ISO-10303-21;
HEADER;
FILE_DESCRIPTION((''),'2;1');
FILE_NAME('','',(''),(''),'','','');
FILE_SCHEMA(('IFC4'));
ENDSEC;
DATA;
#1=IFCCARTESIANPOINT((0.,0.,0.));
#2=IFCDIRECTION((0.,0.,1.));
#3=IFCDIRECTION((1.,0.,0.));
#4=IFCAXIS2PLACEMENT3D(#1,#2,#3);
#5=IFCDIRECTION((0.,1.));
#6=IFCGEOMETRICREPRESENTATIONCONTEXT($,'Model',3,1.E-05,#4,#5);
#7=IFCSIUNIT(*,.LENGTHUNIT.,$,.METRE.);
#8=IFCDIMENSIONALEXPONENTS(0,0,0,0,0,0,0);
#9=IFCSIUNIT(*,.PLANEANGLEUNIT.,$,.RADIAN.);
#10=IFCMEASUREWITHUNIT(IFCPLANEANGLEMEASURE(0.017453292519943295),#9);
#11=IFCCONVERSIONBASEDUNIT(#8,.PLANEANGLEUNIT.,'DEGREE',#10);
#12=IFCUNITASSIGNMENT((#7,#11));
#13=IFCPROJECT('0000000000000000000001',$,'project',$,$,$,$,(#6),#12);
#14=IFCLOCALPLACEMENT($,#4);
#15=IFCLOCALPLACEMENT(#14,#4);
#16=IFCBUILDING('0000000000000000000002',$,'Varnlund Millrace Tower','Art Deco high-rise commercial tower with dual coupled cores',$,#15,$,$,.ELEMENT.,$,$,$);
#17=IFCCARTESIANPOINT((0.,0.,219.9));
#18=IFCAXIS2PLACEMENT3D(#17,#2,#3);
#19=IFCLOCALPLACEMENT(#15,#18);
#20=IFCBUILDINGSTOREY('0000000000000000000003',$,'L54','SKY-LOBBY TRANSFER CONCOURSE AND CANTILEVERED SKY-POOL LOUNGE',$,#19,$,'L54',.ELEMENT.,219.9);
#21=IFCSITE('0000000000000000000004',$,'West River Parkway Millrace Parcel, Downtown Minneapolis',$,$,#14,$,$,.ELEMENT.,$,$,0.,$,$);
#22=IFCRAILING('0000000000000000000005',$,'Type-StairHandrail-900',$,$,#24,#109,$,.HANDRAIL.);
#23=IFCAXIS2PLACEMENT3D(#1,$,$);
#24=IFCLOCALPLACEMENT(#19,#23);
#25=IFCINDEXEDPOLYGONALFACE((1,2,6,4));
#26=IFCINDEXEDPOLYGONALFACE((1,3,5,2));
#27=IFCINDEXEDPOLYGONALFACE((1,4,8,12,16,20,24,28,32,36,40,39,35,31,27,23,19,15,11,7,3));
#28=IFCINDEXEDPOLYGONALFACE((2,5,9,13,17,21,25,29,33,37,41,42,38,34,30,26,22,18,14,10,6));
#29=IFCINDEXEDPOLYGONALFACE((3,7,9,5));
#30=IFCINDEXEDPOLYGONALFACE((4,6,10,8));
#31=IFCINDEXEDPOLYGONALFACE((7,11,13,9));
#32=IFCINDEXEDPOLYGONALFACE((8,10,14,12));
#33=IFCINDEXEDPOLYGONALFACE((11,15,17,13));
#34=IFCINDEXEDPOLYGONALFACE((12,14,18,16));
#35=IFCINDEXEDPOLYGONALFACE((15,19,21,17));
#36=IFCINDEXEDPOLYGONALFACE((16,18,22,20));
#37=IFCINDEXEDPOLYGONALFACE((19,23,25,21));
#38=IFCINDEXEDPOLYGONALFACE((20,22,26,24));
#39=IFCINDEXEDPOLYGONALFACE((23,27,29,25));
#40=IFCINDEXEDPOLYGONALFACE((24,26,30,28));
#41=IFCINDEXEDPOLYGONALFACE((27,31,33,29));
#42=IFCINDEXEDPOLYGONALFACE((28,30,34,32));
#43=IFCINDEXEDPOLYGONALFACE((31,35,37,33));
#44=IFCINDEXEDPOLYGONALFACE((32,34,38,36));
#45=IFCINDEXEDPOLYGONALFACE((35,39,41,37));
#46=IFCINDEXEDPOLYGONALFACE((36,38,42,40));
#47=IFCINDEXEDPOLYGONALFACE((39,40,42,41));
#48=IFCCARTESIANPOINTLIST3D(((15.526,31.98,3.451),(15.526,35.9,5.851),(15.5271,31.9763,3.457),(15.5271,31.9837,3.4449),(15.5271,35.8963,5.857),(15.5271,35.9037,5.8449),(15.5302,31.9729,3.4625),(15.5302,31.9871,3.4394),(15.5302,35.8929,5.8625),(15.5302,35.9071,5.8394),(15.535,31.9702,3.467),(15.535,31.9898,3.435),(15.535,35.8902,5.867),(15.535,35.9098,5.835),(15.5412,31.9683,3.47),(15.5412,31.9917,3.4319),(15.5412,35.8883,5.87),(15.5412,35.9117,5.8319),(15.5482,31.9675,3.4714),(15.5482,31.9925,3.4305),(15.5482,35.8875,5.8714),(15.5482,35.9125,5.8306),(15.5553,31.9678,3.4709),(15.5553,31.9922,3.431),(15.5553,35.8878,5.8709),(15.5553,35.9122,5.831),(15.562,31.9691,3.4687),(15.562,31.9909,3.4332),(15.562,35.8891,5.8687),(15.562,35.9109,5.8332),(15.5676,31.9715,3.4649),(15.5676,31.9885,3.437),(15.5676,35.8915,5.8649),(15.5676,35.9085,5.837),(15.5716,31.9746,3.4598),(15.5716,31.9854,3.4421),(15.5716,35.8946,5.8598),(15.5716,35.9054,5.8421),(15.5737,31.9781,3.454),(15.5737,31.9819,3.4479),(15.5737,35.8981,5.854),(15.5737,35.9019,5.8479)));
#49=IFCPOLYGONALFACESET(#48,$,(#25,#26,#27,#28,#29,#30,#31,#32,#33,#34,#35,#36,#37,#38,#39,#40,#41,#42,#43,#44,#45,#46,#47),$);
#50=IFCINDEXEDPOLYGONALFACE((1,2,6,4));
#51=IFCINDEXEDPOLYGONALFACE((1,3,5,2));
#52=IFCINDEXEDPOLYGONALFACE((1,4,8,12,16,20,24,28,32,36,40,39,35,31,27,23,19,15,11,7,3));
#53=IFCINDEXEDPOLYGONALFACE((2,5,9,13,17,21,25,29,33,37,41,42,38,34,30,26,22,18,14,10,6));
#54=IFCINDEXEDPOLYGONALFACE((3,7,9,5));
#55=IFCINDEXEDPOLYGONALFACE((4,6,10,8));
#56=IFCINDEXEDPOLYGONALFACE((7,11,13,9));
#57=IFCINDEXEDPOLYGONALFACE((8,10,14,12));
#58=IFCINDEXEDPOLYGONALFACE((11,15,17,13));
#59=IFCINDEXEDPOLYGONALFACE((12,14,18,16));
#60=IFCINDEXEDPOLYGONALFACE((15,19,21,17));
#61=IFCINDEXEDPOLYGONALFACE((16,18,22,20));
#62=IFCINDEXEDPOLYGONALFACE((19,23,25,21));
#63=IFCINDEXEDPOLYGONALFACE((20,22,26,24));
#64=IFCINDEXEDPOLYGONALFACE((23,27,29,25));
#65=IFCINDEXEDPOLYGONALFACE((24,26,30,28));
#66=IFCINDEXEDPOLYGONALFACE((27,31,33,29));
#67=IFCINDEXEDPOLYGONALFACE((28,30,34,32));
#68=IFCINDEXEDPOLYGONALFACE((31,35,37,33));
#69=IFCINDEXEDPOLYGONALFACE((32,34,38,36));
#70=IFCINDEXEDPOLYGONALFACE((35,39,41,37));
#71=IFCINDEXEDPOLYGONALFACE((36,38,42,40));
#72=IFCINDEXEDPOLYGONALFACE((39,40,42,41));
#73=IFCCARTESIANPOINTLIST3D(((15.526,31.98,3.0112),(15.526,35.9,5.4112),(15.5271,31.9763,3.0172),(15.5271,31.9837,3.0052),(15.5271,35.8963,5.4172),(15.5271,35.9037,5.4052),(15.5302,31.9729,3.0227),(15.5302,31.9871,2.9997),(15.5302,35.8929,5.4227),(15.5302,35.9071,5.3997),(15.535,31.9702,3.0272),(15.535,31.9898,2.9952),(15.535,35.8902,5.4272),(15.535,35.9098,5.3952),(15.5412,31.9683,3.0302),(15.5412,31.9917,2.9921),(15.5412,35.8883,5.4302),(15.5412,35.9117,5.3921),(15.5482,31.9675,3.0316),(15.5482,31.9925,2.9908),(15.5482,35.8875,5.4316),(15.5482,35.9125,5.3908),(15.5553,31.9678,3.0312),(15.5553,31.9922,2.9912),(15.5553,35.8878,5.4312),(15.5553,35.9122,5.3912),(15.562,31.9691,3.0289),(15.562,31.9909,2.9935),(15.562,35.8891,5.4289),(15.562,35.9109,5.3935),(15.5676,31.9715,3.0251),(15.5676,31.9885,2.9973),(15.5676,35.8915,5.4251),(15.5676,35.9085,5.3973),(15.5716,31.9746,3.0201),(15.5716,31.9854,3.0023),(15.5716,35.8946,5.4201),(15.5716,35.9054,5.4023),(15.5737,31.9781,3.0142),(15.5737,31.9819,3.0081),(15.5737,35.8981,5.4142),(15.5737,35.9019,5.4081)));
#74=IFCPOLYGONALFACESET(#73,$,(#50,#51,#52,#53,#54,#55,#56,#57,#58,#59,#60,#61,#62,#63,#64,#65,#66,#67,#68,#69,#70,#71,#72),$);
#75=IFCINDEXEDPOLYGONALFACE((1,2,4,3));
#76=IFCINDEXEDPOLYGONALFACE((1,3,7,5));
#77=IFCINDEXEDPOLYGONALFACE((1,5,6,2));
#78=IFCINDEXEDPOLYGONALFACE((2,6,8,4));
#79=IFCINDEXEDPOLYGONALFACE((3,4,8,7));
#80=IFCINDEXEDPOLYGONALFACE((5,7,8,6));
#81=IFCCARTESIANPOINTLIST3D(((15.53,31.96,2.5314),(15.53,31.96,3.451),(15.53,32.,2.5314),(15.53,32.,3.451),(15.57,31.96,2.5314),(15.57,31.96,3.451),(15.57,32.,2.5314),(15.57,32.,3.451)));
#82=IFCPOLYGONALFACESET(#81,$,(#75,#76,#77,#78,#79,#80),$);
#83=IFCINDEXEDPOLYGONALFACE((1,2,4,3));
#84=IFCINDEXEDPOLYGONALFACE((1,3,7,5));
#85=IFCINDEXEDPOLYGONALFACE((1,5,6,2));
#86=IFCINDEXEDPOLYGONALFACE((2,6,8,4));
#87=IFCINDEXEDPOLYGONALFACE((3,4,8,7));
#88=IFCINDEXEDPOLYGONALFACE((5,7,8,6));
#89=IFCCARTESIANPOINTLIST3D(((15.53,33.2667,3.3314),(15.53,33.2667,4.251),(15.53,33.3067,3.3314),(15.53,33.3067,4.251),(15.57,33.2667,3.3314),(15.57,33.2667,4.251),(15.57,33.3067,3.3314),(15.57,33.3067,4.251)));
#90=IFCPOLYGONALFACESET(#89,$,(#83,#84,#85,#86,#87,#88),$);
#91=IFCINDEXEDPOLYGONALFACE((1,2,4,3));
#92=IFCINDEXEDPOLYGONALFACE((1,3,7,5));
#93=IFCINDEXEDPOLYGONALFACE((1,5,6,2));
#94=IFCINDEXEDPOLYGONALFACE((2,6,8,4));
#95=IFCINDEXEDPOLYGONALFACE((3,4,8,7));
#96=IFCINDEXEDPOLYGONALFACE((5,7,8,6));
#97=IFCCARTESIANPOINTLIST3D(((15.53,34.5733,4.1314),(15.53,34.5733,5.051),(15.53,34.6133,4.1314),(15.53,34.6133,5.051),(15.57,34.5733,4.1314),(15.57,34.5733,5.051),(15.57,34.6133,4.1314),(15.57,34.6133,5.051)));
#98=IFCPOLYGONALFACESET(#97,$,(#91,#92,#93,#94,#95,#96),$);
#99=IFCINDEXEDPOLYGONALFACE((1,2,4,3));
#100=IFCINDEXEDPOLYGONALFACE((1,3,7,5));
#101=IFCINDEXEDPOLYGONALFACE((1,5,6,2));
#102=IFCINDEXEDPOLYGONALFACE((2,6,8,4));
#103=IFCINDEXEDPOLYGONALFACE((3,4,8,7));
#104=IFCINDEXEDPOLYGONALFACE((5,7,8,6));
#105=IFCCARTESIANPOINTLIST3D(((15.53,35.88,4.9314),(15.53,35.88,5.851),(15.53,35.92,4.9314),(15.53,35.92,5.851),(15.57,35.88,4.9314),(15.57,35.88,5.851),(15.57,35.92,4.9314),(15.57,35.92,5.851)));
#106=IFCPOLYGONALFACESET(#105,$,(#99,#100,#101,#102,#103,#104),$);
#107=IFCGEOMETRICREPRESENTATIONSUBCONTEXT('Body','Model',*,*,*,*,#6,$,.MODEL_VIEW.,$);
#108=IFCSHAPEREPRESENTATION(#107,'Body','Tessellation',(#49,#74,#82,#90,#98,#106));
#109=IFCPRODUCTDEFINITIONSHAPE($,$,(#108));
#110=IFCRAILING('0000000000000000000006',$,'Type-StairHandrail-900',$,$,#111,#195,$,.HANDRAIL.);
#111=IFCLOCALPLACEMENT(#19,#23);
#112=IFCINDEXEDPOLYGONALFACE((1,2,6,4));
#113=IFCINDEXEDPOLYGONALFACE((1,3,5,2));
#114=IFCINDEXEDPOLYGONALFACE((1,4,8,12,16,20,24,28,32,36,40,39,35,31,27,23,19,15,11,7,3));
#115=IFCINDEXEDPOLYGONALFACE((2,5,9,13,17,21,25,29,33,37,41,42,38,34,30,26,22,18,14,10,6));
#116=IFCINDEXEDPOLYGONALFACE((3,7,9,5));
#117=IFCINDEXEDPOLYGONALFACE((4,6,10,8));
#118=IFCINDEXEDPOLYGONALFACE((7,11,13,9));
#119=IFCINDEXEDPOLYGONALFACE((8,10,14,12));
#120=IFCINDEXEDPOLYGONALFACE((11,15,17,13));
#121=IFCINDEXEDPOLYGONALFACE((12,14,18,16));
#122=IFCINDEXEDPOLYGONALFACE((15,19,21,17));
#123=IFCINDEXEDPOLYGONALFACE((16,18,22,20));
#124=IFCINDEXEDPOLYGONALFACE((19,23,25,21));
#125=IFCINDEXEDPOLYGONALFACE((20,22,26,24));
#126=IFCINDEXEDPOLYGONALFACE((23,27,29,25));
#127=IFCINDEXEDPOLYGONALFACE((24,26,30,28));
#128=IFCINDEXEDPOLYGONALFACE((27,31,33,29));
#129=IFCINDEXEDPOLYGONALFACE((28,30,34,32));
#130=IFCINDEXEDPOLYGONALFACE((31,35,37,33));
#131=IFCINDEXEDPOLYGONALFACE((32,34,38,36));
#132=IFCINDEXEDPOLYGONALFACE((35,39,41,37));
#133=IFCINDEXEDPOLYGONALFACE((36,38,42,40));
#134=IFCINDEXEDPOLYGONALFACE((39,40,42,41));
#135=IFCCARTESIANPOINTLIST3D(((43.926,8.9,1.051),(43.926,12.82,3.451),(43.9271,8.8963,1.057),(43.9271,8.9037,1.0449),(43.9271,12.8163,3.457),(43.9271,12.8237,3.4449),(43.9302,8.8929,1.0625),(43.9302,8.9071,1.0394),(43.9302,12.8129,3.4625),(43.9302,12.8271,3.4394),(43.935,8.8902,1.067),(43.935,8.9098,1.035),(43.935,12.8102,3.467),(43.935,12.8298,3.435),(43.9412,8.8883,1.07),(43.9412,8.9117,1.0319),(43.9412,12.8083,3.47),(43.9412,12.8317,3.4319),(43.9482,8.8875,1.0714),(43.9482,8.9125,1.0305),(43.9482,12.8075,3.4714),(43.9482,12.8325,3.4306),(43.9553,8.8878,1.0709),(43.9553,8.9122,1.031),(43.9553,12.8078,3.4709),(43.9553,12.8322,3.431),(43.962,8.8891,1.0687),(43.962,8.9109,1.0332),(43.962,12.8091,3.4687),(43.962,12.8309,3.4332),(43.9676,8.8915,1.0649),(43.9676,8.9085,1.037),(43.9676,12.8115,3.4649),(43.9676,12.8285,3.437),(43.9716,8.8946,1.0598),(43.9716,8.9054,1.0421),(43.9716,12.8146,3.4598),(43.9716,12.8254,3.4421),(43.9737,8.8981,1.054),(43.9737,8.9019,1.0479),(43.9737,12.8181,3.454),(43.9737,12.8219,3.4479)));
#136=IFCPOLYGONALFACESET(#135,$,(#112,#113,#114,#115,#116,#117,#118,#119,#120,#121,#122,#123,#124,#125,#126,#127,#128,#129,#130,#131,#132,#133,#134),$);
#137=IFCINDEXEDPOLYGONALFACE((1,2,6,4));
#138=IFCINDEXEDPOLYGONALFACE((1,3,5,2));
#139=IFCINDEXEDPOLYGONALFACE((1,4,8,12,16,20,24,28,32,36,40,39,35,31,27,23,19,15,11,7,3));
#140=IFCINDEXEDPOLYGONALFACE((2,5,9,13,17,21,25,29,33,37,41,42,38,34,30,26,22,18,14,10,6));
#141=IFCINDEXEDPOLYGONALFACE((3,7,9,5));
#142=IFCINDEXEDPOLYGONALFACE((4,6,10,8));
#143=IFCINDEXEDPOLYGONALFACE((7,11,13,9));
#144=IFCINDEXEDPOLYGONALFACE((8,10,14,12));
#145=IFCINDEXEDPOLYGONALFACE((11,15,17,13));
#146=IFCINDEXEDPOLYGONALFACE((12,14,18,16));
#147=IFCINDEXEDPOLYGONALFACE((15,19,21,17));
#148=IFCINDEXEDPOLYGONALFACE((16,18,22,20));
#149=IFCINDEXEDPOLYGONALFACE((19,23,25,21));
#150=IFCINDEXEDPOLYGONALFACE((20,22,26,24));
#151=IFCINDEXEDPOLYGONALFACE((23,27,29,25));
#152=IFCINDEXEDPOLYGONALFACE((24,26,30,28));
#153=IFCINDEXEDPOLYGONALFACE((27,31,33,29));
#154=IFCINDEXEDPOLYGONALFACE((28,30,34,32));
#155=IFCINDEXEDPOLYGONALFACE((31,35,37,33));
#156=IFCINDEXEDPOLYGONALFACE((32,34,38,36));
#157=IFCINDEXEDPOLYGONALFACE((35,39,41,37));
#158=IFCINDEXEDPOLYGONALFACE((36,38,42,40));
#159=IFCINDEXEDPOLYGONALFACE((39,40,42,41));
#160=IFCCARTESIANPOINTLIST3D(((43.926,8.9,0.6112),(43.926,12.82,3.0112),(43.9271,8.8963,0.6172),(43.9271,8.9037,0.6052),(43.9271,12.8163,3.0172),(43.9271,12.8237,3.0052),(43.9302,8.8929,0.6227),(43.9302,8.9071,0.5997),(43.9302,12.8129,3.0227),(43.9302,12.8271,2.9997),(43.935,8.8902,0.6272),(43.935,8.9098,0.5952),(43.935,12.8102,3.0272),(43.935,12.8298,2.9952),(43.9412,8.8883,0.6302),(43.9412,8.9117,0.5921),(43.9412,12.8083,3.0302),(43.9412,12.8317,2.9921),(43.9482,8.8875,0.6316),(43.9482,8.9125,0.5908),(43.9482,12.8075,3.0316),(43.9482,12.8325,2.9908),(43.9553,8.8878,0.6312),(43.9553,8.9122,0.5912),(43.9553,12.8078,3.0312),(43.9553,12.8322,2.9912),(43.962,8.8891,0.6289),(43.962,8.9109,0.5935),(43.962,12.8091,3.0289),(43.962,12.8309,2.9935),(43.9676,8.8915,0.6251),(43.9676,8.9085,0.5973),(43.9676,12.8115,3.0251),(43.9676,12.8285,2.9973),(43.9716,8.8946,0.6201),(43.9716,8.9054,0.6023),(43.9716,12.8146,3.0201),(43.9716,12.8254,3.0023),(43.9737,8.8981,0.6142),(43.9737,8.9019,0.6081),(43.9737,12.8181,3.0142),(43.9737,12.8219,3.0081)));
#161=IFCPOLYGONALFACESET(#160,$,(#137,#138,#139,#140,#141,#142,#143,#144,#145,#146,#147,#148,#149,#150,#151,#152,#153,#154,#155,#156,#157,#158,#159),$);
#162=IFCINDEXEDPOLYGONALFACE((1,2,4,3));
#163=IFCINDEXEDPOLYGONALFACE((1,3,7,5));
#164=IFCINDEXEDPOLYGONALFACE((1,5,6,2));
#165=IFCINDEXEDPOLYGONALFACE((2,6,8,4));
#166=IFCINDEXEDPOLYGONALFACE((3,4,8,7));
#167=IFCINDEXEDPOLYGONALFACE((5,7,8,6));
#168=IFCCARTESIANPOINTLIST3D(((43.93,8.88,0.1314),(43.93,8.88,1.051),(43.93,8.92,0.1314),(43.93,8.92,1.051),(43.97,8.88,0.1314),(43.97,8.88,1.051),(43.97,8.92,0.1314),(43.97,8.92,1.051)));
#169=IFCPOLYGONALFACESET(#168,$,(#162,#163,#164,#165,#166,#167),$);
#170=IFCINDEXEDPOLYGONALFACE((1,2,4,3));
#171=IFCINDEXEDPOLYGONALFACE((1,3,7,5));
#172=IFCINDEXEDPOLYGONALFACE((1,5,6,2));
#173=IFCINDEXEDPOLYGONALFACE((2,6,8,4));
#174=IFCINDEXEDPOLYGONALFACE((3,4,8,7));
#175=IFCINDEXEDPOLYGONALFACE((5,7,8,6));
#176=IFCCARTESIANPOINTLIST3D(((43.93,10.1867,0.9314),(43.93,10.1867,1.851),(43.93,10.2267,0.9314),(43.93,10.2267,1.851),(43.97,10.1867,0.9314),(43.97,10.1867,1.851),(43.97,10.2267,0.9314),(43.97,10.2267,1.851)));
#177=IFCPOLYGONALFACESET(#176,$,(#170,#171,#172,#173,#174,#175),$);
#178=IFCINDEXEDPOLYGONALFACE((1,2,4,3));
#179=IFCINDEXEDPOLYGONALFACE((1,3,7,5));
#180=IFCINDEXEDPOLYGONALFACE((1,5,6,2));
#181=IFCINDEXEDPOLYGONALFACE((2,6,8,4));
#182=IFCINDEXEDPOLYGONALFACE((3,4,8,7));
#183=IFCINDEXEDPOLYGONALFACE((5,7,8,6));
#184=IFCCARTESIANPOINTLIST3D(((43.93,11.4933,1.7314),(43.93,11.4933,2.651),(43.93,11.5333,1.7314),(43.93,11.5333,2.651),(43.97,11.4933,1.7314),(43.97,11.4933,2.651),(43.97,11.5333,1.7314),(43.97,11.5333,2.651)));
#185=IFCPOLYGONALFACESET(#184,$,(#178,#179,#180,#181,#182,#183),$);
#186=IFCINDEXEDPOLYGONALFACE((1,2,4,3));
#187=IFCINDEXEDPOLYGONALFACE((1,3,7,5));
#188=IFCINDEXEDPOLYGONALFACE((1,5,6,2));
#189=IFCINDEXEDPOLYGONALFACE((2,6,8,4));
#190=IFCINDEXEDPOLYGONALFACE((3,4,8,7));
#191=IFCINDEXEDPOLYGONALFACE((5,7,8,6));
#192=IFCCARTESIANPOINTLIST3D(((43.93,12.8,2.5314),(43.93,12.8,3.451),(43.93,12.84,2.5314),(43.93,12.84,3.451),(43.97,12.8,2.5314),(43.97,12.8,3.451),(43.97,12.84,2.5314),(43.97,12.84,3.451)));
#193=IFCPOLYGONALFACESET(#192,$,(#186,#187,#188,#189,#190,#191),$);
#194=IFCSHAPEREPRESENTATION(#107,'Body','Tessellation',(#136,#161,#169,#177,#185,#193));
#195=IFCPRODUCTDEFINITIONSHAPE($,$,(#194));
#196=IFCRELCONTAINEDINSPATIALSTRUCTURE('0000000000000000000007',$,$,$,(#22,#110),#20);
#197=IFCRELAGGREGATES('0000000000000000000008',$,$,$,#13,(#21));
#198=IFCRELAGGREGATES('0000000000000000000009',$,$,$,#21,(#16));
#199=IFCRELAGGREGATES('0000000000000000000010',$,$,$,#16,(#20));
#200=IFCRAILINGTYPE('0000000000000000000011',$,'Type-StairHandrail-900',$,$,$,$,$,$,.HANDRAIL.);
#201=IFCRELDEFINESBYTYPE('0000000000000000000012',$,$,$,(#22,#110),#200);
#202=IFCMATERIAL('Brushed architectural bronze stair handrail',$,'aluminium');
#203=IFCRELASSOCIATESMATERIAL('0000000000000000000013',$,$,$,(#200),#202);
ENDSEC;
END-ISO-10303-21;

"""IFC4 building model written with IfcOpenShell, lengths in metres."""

from ifc_helpers import new_model, entity, si_unit, converted_unit, direction, frame, origin_with_axes, origin_2d_with_axis, place, context, subcontext, project, spatial, rectangle, circle, extrude, material, type_object, element, save


model = new_model("IFC4")

# Units and contexts
model_context = context("Model", 3, precision=1e-05, world=origin_with_axes(), true_north=direction((0.0, 1.0)))
body_context = subcontext(model_context, "Body", "Model", "MODEL_VIEW")
ifc_project = project(units=[si_unit("LENGTHUNIT", "METRE"), converted_unit("PLANEANGLEUNIT", "DEGREE", entity("IfcPlaneAngleMeasure", 0.017453292519943295), si_unit("PLANEANGLEUNIT", "RADIAN"), dimensions=[0, 0, 0, 0, 0, 0, 0])], contexts=[model_context])

# Site, building, storey
site_placement = place(None, origin_with_axes())
site = spatial("IfcSite", under=ifc_project, at=site_placement, Name="West River Parkway Millrace Parcel, Downtown Minneapolis", CompositionType="ELEMENT", RefElevation=0.0)
building_placement = place(site_placement, origin_with_axes())
building = spatial("IfcBuilding", under=site, at=building_placement, Name="Varnlund Millrace Tower", Description="Art Deco high-rise commercial tower with dual coupled cores", CompositionType="ELEMENT")
storey_placement = place(building_placement, frame((0.0, 0.0, 219.9), z_axis=(0.0, 0.0, 1.0), x_axis=(1.0, 0.0, 0.0)))
storey = spatial("IfcBuildingStorey", under=building, at=storey_placement, Name="L54", Description="SKY-LOBBY TRANSFER CONCOURSE AND CANTILEVERED SKY-POOL LOUNGE", LongName="L54", CompositionType="ELEMENT", Elevation=219.9)

# Railings
ifc_material_1 = material(Name="Brushed architectural bronze stair handrail", Category="aluminium")
railing_type_1 = type_object("IfcRailingType", Name="Type-StairHandrail-900", PredefinedType="HANDRAIL", material=ifc_material_1)
railing_1_placement = place(storey_placement, frame((0.0, 0.0, -219.9), z_axis=(0.0, 0.0, 1.0), x_axis=(1.0, 0.0, 0.0)))
element("IfcRailing", 1, at=railing_1_placement, inside=storey, type_object=railing_type_1, Name="Type-StairHandrail-900", PredefinedType="HANDRAIL", context=body_context, shape_type="SweptSolid", body=[
    extrude(circle(Radius=0.024, at=origin_2d_with_axis()), frame((15.55, 31.98, 223.351), z_axis=(0.0, 0.852851, 0.522154), x_axis=(-1.0, 0.0, 0.0)), (0.0, 0.0, 1.0), 4.5963),
    extrude(circle(Radius=0.024, at=origin_2d_with_axis()), frame((15.55, 31.98, 222.9112), z_axis=(0.0, 0.852851, 0.522154), x_axis=(-1.0, 0.0, 0.0)), (0.0, 0.0, 1.0), 4.5963),
    extrude(rectangle(XDim=0.04, YDim=0.04, at=origin_2d_with_axis()), frame((15.55, 31.98, 222.4314), z_axis=(0.0, 0.0, 1.0), x_axis=(1.0, 0.0, 0.0)), (0.0, 0.0, 1.0), 0.9195),
    extrude(rectangle(XDim=0.04, YDim=0.04, at=origin_2d_with_axis()), frame((15.55, 33.2867, 223.2314), z_axis=(0.0, 0.0, 1.0), x_axis=(1.0, 0.0, 0.0)), (0.0, 0.0, 1.0), 0.9195),
    extrude(rectangle(XDim=0.04, YDim=0.04, at=origin_2d_with_axis()), frame((15.55, 34.5933, 224.0314), z_axis=(0.0, 0.0, 1.0), x_axis=(1.0, 0.0, 0.0)), (0.0, 0.0, 1.0), 0.9195),
    extrude(rectangle(XDim=0.04, YDim=0.04, at=origin_2d_with_axis()), frame((15.55, 35.9, 224.8314), z_axis=(0.0, 0.0, 1.0), x_axis=(1.0, 0.0, 0.0)), (0.0, 0.0, 1.0), 0.9195),
])
railing_2_placement = place(storey_placement, frame((0.0, 0.0, -219.9), z_axis=(0.0, 0.0, 1.0), x_axis=(1.0, 0.0, 0.0)))
element("IfcRailing", 2, at=railing_2_placement, inside=storey, type_object=railing_type_1, Name="Type-StairHandrail-900", PredefinedType="HANDRAIL", context=body_context, shape_type="SweptSolid", body=[
    extrude(circle(Radius=0.024, at=origin_2d_with_axis()), frame((43.95, 8.9, 220.951), z_axis=(0.0, 0.852851, 0.522154), x_axis=(-1.0, 0.0, 0.0)), (0.0, 0.0, 1.0), 4.5963),
    extrude(circle(Radius=0.024, at=origin_2d_with_axis()), frame((43.95, 8.9, 220.5112), z_axis=(0.0, 0.852851, 0.522154), x_axis=(-1.0, 0.0, 0.0)), (0.0, 0.0, 1.0), 4.5963),
    extrude(rectangle(XDim=0.04, YDim=0.04, at=origin_2d_with_axis()), frame((43.95, 8.9, 220.0314), z_axis=(0.0, 0.0, 1.0), x_axis=(1.0, 0.0, 0.0)), (0.0, 0.0, 1.0), 0.9195),
    extrude(rectangle(XDim=0.04, YDim=0.04, at=origin_2d_with_axis()), frame((43.95, 10.2067, 220.8314), z_axis=(0.0, 0.0, 1.0), x_axis=(1.0, 0.0, 0.0)), (0.0, 0.0, 1.0), 0.9195),
    extrude(rectangle(XDim=0.04, YDim=0.04, at=origin_2d_with_axis()), frame((43.95, 11.5133, 221.6314), z_axis=(0.0, 0.0, 1.0), x_axis=(1.0, 0.0, 0.0)), (0.0, 0.0, 1.0), 0.9195),
    extrude(rectangle(XDim=0.04, YDim=0.04, at=origin_2d_with_axis()), frame((43.95, 12.82, 222.4314), z_axis=(0.0, 0.0, 1.0), x_axis=(1.0, 0.0, 0.0)), (0.0, 0.0, 1.0), 0.9195),
])

save(model, "model.ifc")
